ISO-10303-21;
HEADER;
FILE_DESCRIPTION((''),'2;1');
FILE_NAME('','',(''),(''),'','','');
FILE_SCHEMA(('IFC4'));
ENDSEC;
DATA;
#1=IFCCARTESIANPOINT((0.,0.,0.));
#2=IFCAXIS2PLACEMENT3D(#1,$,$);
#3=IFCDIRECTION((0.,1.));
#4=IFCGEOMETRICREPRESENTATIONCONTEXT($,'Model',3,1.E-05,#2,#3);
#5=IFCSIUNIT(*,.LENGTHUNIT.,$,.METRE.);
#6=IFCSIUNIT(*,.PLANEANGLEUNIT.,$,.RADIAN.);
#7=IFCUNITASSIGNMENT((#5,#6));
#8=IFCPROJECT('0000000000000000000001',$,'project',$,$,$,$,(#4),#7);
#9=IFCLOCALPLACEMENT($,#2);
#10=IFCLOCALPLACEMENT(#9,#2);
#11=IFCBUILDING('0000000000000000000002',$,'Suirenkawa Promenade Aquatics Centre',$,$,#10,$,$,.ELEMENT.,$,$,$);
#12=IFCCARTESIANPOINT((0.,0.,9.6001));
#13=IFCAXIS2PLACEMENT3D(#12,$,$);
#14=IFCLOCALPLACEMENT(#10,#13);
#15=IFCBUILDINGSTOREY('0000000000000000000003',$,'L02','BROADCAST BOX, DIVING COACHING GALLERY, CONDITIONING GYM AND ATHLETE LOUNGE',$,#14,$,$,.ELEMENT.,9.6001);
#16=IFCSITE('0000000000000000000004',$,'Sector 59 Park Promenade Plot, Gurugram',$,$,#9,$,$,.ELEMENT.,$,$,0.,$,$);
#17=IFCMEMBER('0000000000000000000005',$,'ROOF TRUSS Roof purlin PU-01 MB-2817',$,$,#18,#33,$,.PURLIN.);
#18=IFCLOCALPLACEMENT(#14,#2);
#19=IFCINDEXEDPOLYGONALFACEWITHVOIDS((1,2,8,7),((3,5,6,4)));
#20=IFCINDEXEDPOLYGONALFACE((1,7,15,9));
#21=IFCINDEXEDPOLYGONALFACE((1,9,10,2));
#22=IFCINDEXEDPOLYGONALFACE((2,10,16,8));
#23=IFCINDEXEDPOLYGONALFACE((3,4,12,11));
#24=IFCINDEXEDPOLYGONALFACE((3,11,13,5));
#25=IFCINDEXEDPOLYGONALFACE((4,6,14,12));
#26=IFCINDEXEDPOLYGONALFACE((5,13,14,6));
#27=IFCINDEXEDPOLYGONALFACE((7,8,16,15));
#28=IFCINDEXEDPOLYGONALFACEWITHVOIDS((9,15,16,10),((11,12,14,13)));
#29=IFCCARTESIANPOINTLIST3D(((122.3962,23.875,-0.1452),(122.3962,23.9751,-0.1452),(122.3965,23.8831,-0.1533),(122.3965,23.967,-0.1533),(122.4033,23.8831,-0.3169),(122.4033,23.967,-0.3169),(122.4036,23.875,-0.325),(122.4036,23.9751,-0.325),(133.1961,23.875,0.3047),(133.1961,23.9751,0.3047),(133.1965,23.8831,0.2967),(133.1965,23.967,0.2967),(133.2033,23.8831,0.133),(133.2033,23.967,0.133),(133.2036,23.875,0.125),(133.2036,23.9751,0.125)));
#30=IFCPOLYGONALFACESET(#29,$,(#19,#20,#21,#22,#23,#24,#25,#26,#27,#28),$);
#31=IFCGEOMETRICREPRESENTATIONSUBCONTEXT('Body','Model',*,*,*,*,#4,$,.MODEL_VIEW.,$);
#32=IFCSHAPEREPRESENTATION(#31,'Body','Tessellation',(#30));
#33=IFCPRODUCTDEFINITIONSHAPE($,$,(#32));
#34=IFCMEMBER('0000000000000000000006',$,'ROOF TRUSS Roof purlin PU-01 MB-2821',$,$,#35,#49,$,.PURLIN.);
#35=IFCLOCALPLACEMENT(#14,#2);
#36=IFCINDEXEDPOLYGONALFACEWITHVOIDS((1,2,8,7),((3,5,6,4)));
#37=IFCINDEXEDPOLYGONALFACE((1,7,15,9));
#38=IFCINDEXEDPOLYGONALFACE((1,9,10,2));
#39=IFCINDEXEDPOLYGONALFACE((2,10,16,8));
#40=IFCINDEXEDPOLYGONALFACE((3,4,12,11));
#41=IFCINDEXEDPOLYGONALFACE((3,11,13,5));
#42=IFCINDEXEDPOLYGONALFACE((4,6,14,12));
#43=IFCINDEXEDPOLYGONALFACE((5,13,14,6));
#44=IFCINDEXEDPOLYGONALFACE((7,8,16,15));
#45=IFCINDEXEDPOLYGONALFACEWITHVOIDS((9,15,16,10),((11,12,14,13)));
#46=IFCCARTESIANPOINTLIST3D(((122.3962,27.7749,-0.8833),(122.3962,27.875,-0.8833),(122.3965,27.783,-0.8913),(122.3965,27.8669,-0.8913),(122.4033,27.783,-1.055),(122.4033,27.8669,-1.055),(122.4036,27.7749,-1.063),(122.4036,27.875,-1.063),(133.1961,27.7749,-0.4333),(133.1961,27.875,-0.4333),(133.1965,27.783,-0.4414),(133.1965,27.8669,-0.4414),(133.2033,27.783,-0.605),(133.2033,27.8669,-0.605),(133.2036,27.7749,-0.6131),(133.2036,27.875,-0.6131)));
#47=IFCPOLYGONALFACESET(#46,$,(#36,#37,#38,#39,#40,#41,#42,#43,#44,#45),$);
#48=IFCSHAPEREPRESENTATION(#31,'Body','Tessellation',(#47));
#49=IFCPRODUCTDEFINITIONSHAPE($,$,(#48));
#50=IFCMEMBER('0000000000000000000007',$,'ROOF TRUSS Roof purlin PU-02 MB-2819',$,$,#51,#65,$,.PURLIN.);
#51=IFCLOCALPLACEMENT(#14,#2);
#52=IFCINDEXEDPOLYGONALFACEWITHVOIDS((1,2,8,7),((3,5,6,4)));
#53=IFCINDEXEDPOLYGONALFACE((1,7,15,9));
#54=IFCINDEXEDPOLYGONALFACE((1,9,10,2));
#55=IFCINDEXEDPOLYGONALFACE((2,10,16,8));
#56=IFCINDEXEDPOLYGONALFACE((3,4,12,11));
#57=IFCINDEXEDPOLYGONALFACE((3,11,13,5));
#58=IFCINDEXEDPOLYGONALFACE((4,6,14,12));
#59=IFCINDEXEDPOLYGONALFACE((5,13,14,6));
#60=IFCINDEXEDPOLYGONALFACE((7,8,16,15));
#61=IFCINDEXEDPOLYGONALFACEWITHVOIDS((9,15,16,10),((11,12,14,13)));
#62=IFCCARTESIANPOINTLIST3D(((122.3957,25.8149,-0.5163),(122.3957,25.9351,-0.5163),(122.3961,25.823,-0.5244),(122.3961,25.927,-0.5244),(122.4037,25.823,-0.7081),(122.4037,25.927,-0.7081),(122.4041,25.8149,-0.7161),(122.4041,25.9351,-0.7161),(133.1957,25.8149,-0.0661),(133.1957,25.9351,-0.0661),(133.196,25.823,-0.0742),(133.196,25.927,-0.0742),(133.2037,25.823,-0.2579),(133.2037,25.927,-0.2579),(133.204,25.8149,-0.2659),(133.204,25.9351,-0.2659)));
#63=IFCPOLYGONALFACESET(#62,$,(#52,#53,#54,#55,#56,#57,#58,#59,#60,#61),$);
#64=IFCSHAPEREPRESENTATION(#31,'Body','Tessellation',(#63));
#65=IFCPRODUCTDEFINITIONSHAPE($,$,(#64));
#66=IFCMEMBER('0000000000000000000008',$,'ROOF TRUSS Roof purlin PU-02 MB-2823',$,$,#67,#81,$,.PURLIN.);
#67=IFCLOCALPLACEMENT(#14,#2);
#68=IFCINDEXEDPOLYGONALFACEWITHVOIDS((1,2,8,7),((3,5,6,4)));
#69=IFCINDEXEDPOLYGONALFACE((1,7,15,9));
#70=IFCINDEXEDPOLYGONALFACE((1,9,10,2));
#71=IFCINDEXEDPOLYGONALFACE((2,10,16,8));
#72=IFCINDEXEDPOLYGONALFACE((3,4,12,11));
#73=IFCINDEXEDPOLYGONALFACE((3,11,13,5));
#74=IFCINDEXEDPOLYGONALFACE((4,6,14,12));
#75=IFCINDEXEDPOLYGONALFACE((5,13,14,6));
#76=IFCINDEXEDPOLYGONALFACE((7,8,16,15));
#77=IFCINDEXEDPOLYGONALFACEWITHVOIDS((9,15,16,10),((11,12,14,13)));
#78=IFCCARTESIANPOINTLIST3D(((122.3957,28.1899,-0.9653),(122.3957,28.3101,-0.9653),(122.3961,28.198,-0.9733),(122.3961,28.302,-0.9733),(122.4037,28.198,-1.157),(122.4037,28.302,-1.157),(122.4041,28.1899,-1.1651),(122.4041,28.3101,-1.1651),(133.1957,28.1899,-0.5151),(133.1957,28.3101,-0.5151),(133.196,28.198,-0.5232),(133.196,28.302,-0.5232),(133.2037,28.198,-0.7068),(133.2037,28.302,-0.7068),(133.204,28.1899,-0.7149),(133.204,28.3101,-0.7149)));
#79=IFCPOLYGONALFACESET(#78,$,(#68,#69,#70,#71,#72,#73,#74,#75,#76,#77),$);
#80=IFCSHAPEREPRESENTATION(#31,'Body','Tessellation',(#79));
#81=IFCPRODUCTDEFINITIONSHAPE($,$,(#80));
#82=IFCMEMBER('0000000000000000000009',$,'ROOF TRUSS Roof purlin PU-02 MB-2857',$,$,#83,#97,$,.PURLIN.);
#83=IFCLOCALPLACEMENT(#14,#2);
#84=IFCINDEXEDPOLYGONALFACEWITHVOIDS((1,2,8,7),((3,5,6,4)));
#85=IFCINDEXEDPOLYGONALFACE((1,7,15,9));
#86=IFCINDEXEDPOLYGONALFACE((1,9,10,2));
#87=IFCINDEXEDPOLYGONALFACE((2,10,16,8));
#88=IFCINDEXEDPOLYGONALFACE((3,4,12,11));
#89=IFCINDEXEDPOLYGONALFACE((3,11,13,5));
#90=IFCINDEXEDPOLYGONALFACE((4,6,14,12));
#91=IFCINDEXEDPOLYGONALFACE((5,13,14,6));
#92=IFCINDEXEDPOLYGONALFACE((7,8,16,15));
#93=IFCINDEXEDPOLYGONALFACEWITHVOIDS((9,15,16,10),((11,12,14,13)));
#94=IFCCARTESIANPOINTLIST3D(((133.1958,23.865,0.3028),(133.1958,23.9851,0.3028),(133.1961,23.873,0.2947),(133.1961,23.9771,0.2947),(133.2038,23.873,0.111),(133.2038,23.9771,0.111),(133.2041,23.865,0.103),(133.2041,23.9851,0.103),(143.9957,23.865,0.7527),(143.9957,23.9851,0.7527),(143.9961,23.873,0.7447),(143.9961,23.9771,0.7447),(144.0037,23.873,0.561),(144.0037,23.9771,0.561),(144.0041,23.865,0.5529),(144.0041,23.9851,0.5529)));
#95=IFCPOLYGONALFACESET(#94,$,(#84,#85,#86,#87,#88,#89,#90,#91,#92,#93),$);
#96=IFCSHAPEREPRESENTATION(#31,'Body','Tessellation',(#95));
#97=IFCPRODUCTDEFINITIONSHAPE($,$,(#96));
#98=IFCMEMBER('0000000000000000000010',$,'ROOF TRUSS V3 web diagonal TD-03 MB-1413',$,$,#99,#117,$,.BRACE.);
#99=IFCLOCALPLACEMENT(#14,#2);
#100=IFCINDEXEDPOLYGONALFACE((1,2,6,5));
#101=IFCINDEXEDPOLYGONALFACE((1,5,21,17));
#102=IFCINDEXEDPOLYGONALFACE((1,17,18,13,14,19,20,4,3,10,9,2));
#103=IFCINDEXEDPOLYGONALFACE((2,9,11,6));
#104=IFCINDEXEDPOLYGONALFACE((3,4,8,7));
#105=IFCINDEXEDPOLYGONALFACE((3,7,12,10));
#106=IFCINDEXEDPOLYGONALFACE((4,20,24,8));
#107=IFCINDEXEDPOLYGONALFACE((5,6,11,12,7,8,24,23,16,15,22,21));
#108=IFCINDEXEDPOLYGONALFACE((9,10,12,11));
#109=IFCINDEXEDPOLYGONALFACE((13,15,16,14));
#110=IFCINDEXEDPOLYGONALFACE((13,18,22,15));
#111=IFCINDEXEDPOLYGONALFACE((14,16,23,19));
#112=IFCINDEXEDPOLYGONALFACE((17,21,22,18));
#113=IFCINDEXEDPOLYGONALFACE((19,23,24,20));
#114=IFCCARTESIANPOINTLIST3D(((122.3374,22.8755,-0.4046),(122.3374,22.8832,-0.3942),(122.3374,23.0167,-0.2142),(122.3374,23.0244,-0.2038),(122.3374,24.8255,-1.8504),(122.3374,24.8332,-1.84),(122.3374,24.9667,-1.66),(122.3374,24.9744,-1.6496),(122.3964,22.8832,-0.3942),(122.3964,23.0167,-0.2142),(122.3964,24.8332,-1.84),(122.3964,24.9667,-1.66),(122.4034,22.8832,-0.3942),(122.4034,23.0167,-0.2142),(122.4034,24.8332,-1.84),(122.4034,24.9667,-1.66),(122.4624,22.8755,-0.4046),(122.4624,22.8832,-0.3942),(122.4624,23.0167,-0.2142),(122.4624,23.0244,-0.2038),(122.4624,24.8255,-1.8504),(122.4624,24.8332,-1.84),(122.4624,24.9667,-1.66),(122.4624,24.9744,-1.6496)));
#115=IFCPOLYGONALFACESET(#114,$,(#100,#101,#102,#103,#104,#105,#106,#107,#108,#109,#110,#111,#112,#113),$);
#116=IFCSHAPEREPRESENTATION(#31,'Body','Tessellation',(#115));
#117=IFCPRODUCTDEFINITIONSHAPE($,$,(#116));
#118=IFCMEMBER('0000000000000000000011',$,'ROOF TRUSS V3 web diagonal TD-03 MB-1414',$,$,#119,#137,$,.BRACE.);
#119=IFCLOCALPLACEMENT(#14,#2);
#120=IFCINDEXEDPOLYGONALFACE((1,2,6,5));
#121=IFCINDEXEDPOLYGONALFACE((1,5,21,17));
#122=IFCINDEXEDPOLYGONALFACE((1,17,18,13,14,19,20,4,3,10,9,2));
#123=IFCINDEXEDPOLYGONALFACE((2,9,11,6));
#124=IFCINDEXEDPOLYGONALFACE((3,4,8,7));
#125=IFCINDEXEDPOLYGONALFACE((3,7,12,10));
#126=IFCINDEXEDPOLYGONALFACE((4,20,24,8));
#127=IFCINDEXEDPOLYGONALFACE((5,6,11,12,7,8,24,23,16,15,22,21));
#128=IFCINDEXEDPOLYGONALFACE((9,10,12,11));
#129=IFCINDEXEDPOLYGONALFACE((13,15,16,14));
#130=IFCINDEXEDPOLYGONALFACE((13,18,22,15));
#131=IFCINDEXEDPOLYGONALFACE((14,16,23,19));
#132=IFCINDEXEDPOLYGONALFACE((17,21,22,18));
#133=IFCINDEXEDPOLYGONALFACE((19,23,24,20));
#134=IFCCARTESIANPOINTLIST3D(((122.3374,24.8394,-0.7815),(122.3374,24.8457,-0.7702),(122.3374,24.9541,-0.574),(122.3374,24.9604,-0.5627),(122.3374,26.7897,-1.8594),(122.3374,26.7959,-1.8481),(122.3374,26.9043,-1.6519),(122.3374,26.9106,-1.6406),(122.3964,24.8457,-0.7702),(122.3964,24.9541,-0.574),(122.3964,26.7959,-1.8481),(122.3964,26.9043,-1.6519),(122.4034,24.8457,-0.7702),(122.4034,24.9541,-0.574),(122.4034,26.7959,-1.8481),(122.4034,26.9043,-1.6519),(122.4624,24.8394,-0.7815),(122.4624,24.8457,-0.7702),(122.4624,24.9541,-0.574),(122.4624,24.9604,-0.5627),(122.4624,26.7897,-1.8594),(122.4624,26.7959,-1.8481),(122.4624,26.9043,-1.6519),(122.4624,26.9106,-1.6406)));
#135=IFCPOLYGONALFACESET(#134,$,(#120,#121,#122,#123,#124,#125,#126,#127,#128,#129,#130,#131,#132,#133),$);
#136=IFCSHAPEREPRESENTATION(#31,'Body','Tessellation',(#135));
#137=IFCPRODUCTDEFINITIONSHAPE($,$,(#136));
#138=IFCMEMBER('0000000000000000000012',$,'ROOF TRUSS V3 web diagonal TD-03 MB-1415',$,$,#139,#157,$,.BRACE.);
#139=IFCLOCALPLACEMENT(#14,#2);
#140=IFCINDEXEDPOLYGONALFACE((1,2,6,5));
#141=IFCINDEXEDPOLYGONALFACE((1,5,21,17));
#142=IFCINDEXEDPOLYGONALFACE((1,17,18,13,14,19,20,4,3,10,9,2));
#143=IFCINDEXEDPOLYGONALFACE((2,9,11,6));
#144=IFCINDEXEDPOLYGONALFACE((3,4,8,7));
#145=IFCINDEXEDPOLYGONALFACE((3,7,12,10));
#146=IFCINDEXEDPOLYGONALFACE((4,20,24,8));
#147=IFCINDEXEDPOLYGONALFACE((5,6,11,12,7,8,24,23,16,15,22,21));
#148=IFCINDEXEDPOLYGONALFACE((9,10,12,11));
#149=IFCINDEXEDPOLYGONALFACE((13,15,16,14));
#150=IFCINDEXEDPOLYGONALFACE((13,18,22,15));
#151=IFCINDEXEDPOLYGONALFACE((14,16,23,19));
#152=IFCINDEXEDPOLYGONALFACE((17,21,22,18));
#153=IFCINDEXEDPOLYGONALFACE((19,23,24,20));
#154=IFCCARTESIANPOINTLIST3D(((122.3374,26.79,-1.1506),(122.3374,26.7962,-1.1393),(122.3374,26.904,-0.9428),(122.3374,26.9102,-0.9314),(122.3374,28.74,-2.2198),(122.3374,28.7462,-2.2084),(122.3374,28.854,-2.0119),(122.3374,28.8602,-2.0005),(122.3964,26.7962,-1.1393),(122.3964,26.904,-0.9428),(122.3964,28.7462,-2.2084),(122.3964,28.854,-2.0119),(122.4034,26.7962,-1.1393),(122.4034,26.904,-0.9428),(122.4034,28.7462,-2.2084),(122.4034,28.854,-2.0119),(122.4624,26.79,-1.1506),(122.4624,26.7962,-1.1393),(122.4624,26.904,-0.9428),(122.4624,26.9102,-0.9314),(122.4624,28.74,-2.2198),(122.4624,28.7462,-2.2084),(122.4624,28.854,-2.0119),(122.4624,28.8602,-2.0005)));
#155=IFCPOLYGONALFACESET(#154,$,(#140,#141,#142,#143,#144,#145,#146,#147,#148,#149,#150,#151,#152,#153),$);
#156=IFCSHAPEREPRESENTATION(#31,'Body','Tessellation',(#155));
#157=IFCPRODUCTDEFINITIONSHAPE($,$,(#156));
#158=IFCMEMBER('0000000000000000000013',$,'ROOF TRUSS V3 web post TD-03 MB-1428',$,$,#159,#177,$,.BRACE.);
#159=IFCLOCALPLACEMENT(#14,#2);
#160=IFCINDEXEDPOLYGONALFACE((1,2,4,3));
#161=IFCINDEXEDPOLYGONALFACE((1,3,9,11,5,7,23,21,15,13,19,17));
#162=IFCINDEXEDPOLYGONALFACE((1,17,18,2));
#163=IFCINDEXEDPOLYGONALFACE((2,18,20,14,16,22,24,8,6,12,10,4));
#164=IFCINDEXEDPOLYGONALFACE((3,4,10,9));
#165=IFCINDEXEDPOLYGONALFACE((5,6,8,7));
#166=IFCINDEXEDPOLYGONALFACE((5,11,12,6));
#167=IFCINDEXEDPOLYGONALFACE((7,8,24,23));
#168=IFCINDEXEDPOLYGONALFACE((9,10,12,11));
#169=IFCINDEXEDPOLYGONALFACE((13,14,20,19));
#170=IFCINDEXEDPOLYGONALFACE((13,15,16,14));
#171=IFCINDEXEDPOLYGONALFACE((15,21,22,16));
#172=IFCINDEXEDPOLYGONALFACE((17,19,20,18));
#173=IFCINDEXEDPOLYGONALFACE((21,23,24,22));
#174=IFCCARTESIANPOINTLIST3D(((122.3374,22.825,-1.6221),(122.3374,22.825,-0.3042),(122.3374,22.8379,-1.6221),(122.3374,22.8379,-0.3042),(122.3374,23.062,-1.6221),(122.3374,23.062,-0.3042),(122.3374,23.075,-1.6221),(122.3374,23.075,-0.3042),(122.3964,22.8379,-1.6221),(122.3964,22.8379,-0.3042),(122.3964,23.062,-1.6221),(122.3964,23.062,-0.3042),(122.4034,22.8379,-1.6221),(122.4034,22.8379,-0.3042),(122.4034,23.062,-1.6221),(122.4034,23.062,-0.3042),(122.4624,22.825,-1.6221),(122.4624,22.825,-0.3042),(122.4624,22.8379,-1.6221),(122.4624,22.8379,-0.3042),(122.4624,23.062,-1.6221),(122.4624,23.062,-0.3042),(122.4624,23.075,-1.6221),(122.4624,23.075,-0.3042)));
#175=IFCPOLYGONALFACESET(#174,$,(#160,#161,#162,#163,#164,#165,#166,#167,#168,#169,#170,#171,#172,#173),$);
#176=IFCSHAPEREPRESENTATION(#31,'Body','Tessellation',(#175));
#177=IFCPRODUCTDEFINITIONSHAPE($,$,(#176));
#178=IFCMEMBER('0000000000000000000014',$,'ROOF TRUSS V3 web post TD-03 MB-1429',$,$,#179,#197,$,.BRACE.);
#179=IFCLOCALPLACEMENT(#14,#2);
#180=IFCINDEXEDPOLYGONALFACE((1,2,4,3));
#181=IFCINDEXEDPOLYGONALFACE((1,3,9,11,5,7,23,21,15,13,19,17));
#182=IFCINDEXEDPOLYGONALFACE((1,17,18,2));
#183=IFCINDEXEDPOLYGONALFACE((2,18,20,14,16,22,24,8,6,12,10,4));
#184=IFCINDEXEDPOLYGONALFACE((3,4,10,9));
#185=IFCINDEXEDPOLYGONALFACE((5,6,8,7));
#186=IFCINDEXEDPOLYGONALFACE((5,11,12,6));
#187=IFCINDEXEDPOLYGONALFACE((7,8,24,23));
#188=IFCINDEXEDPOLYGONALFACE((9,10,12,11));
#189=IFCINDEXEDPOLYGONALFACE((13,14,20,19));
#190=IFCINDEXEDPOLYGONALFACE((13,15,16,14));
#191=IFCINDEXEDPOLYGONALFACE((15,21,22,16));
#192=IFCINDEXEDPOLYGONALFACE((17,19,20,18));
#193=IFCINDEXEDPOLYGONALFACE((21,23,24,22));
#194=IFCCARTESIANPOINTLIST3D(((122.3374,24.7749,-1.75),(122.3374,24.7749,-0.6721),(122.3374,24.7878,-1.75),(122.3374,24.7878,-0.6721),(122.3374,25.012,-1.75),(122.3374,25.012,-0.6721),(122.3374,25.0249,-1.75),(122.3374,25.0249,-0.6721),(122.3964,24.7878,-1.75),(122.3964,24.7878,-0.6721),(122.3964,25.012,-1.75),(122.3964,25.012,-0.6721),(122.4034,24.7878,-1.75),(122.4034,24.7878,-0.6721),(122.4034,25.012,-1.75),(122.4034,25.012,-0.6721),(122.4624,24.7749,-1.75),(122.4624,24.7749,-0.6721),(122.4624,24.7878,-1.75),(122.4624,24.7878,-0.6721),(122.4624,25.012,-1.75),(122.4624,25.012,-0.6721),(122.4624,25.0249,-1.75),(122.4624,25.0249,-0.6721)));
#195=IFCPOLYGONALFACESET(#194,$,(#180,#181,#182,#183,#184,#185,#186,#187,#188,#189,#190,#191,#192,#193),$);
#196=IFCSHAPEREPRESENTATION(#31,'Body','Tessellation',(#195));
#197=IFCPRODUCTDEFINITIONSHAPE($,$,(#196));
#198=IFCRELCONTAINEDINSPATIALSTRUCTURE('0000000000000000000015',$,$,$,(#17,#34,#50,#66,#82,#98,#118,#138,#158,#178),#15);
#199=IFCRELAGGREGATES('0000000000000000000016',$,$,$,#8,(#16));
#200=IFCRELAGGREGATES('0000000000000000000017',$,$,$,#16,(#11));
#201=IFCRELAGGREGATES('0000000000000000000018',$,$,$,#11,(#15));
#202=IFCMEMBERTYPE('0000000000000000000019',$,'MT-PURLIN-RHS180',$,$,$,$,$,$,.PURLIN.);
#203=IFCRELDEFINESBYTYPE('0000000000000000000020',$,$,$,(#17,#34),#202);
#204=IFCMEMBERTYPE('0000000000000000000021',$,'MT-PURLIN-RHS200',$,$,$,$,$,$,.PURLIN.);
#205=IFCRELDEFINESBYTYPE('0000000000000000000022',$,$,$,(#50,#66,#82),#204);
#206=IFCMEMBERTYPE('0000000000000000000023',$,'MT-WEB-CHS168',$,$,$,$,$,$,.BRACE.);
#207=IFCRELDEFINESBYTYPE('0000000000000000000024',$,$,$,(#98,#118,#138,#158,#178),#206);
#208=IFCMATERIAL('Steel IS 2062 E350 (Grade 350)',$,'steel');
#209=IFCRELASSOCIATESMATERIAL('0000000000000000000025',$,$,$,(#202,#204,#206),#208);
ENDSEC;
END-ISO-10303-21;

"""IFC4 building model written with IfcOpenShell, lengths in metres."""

from ifc_helpers import new_model, si_unit, direction, frame, origin, origin_2d, place, context, subcontext, project, spatial, hollow_rectangle, i_section, extrude, material, material_profile, profile_set, type_object, element, save


model = new_model("IFC4")

# Units and contexts
model_context = context("Model", 3, precision=1e-05, world=origin(), true_north=direction((0.0, 1.0)))
body_context = subcontext(model_context, "Body", "Model", "MODEL_VIEW")
ifc_project = project(units=[si_unit("LENGTHUNIT", "METRE"), si_unit("PLANEANGLEUNIT", "RADIAN")], contexts=[model_context])

# Site, building, storey
site_placement = place(None, origin())
site = spatial("IfcSite", under=ifc_project, at=site_placement, Name="Sector 59 Park Promenade Plot, Gurugram", CompositionType="ELEMENT", RefElevation=0.0)
building_placement = place(site_placement, origin())
building = spatial("IfcBuilding", under=site, at=building_placement, Name="Suirenkawa Promenade Aquatics Centre", CompositionType="ELEMENT")
storey_placement = place(building_placement, frame((0.0, 0.0, 9.6001)))
storey = spatial("IfcBuildingStorey", under=building, at=storey_placement, Name="L02", Description="BROADCAST BOX, DIVING COACHING GALLERY, CONDITIONING GYM AND ATHLETE LOUNGE", CompositionType="ELEMENT", Elevation=9.6001)

# Shared definitions
ifc_material_1 = material(Name="Steel IS 2062 E350 (Grade 350)", Category="steel")

# Members
ifc_material_profile_1 = material_profile(ifc_material_1, hollow_rectangle(XDim=0.1001, YDim=0.1799, WallThickness=0.0081, at=origin_2d()), Name="RHS 180x100x8", Category="steel")
ifc_profile_set_1 = profile_set([ifc_material_profile_1], Name="Steel IS 2062 E350 (Grade 350)")
member_type_1 = type_object("IfcMemberType", Name="MT-PURLIN-RHS180", PredefinedType="PURLIN", material=ifc_profile_set_1)
for number, where, z_axis, x_axis, name in (
    (1, (122.3999, 23.925, -0.2351), (0.999133, 0.0, 0.041626), (0.0, 1.0, 0.0), "ROOF TRUSS Roof purlin PU-01 MB-2817"),
    (2, (122.3999, 27.825, -0.9731), (0.999133, 0.0, 0.041626), (0.0, 1.0, 0.0), "ROOF TRUSS Roof purlin PU-01 MB-2821"),
):
    element("IfcMember", number, at=place(storey_placement, frame(where, z_axis=z_axis, x_axis=x_axis)), inside=storey, type_object=member_type_1, Name=name, PredefinedType="PURLIN", context=body_context, shape_type="SweptSolid", body=[
        extrude(hollow_rectangle(XDim=0.1001, YDim=0.1799, WallThickness=0.0081, at=origin_2d()), origin(), (0.0, 0.0, 1.0), 10.8093),
    ])
ifc_material_profile_2 = material_profile(ifc_material_1, hollow_rectangle(XDim=0.1201, YDim=0.2, WallThickness=0.0081, at=origin_2d()), Name="RHS 200x120x8", Category="steel")
ifc_profile_set_2 = profile_set([ifc_material_profile_2], Name="Steel IS 2062 E350 (Grade 350)")
member_type_2 = type_object("IfcMemberType", Name="MT-PURLIN-RHS200", PredefinedType="PURLIN", material=ifc_profile_set_2)
for number, where, z_axis, x_axis, name in (
    (3, (122.3999, 25.875, -0.6162), (0.999132, 0.0, 0.041648), (0.0, 1.0, 0.0), "ROOF TRUSS Roof purlin PU-02 MB-2819"),
    (4, (122.3999, 28.25, -1.0652), (0.999132, 0.0, 0.041648), (0.0, 1.0, 0.0), "ROOF TRUSS Roof purlin PU-02 MB-2823"),
    (5, (133.2, 23.925, 0.2029), (0.999133, 0.0, 0.041626), (0.0, 1.0, 0.0), "ROOF TRUSS Roof purlin PU-02 MB-2857"),
):
    element("IfcMember", number, at=place(storey_placement, frame(where, z_axis=z_axis, x_axis=x_axis)), inside=storey, type_object=member_type_2, Name=name, PredefinedType="PURLIN", context=body_context, shape_type="SweptSolid", body=[
        extrude(hollow_rectangle(XDim=0.1201, YDim=0.2, WallThickness=0.0081, at=origin_2d()), origin(), (0.0, 0.0, 1.0), 10.8093),
    ])
ifc_material_profile_3 = material_profile(ifc_material_1, i_section(OverallWidth=0.125, OverallDepth=0.25, WebThickness=0.0071, FlangeThickness=0.0129, at=origin_2d()), Name="ISMB 250", Category="steel")
ifc_profile_set_3 = profile_set([ifc_material_profile_3], Name="Steel IS 2062 E350 (Grade 350)")
member_type_3 = type_object("IfcMemberType", Name="MT-WEB-CHS168", PredefinedType="BRACE", material=ifc_profile_set_3)
member_1_placement = place(storey_placement, frame((122.3999, 22.95, -0.3042), z_axis=(0.0, 0.803283, -0.595598), x_axis=(-1.0, 0.0, 0.0)))
element("IfcMember", 6, at=member_1_placement, inside=storey, type_object=member_type_3, Name="ROOF TRUSS V3 web diagonal TD-03 MB-1413", PredefinedType="BRACE", context=body_context, shape_type="SweptSolid", body=[
    extrude(i_section(OverallWidth=0.125, OverallDepth=0.25, WebThickness=0.0071, FlangeThickness=0.0129, at=origin_2d()), origin(), (0.0, 0.0, 1.0), 2.4275),
])
member_2_placement = place(storey_placement, frame((122.3999, 24.8999, -0.6721), z_axis=(0.0, 0.875215, -0.483735), x_axis=(-1.0, 0.0, 0.0)))
element("IfcMember", 7, at=member_2_placement, inside=storey, type_object=member_type_3, Name="ROOF TRUSS V3 web diagonal TD-03 MB-1414", PredefinedType="BRACE", context=body_context, shape_type="SweptSolid", body=[
    extrude(i_section(OverallWidth=0.125, OverallDepth=0.25, WebThickness=0.0071, FlangeThickness=0.0129, at=origin_2d()), origin(), (0.0, 0.0, 1.0), 2.2283),
])
member_3_placement = place(storey_placement, frame((122.3999, 26.8501, -1.041), z_axis=(0.0, 0.876857, -0.480751), x_axis=(-1.0, 0.0, 0.0)))
element("IfcMember", 8, at=member_3_placement, inside=storey, type_object=member_type_3, Name="ROOF TRUSS V3 web diagonal TD-03 MB-1415", PredefinedType="BRACE", context=body_context, shape_type="SweptSolid", body=[
    extrude(i_section(OverallWidth=0.125, OverallDepth=0.25, WebThickness=0.0071, FlangeThickness=0.0129, at=origin_2d()), origin(), (0.0, 0.0, 1.0), 2.2239),
])
member_4_placement = place(storey_placement, frame((122.3999, 22.95, -1.6221), z_axis=(0.0, 0.0, 1.0), x_axis=(1.0, 0.0, 0.0)))
element("IfcMember", 9, at=member_4_placement, inside=storey, type_object=member_type_3, Name="ROOF TRUSS V3 web post TD-03 MB-1428", PredefinedType="BRACE", context=body_context, shape_type="SweptSolid", body=[
    extrude(i_section(OverallWidth=0.125, OverallDepth=0.25, WebThickness=0.0071, FlangeThickness=0.0129, at=origin_2d()), origin(), (0.0, 0.0, 1.0), 1.3179),
])
member_5_placement = place(storey_placement, frame((122.3999, 24.8999, -1.75), z_axis=(0.0, 0.0, 1.0), x_axis=(1.0, 0.0, 0.0)))
element("IfcMember", 10, at=member_5_placement, inside=storey, type_object=member_type_3, Name="ROOF TRUSS V3 web post TD-03 MB-1429", PredefinedType="BRACE", context=body_context, shape_type="SweptSolid", body=[
    extrude(i_section(OverallWidth=0.125, OverallDepth=0.25, WebThickness=0.0071, FlangeThickness=0.0129, at=origin_2d()), origin(), (0.0, 0.0, 1.0), 1.0779),
])

save(model, "model.ifc")
